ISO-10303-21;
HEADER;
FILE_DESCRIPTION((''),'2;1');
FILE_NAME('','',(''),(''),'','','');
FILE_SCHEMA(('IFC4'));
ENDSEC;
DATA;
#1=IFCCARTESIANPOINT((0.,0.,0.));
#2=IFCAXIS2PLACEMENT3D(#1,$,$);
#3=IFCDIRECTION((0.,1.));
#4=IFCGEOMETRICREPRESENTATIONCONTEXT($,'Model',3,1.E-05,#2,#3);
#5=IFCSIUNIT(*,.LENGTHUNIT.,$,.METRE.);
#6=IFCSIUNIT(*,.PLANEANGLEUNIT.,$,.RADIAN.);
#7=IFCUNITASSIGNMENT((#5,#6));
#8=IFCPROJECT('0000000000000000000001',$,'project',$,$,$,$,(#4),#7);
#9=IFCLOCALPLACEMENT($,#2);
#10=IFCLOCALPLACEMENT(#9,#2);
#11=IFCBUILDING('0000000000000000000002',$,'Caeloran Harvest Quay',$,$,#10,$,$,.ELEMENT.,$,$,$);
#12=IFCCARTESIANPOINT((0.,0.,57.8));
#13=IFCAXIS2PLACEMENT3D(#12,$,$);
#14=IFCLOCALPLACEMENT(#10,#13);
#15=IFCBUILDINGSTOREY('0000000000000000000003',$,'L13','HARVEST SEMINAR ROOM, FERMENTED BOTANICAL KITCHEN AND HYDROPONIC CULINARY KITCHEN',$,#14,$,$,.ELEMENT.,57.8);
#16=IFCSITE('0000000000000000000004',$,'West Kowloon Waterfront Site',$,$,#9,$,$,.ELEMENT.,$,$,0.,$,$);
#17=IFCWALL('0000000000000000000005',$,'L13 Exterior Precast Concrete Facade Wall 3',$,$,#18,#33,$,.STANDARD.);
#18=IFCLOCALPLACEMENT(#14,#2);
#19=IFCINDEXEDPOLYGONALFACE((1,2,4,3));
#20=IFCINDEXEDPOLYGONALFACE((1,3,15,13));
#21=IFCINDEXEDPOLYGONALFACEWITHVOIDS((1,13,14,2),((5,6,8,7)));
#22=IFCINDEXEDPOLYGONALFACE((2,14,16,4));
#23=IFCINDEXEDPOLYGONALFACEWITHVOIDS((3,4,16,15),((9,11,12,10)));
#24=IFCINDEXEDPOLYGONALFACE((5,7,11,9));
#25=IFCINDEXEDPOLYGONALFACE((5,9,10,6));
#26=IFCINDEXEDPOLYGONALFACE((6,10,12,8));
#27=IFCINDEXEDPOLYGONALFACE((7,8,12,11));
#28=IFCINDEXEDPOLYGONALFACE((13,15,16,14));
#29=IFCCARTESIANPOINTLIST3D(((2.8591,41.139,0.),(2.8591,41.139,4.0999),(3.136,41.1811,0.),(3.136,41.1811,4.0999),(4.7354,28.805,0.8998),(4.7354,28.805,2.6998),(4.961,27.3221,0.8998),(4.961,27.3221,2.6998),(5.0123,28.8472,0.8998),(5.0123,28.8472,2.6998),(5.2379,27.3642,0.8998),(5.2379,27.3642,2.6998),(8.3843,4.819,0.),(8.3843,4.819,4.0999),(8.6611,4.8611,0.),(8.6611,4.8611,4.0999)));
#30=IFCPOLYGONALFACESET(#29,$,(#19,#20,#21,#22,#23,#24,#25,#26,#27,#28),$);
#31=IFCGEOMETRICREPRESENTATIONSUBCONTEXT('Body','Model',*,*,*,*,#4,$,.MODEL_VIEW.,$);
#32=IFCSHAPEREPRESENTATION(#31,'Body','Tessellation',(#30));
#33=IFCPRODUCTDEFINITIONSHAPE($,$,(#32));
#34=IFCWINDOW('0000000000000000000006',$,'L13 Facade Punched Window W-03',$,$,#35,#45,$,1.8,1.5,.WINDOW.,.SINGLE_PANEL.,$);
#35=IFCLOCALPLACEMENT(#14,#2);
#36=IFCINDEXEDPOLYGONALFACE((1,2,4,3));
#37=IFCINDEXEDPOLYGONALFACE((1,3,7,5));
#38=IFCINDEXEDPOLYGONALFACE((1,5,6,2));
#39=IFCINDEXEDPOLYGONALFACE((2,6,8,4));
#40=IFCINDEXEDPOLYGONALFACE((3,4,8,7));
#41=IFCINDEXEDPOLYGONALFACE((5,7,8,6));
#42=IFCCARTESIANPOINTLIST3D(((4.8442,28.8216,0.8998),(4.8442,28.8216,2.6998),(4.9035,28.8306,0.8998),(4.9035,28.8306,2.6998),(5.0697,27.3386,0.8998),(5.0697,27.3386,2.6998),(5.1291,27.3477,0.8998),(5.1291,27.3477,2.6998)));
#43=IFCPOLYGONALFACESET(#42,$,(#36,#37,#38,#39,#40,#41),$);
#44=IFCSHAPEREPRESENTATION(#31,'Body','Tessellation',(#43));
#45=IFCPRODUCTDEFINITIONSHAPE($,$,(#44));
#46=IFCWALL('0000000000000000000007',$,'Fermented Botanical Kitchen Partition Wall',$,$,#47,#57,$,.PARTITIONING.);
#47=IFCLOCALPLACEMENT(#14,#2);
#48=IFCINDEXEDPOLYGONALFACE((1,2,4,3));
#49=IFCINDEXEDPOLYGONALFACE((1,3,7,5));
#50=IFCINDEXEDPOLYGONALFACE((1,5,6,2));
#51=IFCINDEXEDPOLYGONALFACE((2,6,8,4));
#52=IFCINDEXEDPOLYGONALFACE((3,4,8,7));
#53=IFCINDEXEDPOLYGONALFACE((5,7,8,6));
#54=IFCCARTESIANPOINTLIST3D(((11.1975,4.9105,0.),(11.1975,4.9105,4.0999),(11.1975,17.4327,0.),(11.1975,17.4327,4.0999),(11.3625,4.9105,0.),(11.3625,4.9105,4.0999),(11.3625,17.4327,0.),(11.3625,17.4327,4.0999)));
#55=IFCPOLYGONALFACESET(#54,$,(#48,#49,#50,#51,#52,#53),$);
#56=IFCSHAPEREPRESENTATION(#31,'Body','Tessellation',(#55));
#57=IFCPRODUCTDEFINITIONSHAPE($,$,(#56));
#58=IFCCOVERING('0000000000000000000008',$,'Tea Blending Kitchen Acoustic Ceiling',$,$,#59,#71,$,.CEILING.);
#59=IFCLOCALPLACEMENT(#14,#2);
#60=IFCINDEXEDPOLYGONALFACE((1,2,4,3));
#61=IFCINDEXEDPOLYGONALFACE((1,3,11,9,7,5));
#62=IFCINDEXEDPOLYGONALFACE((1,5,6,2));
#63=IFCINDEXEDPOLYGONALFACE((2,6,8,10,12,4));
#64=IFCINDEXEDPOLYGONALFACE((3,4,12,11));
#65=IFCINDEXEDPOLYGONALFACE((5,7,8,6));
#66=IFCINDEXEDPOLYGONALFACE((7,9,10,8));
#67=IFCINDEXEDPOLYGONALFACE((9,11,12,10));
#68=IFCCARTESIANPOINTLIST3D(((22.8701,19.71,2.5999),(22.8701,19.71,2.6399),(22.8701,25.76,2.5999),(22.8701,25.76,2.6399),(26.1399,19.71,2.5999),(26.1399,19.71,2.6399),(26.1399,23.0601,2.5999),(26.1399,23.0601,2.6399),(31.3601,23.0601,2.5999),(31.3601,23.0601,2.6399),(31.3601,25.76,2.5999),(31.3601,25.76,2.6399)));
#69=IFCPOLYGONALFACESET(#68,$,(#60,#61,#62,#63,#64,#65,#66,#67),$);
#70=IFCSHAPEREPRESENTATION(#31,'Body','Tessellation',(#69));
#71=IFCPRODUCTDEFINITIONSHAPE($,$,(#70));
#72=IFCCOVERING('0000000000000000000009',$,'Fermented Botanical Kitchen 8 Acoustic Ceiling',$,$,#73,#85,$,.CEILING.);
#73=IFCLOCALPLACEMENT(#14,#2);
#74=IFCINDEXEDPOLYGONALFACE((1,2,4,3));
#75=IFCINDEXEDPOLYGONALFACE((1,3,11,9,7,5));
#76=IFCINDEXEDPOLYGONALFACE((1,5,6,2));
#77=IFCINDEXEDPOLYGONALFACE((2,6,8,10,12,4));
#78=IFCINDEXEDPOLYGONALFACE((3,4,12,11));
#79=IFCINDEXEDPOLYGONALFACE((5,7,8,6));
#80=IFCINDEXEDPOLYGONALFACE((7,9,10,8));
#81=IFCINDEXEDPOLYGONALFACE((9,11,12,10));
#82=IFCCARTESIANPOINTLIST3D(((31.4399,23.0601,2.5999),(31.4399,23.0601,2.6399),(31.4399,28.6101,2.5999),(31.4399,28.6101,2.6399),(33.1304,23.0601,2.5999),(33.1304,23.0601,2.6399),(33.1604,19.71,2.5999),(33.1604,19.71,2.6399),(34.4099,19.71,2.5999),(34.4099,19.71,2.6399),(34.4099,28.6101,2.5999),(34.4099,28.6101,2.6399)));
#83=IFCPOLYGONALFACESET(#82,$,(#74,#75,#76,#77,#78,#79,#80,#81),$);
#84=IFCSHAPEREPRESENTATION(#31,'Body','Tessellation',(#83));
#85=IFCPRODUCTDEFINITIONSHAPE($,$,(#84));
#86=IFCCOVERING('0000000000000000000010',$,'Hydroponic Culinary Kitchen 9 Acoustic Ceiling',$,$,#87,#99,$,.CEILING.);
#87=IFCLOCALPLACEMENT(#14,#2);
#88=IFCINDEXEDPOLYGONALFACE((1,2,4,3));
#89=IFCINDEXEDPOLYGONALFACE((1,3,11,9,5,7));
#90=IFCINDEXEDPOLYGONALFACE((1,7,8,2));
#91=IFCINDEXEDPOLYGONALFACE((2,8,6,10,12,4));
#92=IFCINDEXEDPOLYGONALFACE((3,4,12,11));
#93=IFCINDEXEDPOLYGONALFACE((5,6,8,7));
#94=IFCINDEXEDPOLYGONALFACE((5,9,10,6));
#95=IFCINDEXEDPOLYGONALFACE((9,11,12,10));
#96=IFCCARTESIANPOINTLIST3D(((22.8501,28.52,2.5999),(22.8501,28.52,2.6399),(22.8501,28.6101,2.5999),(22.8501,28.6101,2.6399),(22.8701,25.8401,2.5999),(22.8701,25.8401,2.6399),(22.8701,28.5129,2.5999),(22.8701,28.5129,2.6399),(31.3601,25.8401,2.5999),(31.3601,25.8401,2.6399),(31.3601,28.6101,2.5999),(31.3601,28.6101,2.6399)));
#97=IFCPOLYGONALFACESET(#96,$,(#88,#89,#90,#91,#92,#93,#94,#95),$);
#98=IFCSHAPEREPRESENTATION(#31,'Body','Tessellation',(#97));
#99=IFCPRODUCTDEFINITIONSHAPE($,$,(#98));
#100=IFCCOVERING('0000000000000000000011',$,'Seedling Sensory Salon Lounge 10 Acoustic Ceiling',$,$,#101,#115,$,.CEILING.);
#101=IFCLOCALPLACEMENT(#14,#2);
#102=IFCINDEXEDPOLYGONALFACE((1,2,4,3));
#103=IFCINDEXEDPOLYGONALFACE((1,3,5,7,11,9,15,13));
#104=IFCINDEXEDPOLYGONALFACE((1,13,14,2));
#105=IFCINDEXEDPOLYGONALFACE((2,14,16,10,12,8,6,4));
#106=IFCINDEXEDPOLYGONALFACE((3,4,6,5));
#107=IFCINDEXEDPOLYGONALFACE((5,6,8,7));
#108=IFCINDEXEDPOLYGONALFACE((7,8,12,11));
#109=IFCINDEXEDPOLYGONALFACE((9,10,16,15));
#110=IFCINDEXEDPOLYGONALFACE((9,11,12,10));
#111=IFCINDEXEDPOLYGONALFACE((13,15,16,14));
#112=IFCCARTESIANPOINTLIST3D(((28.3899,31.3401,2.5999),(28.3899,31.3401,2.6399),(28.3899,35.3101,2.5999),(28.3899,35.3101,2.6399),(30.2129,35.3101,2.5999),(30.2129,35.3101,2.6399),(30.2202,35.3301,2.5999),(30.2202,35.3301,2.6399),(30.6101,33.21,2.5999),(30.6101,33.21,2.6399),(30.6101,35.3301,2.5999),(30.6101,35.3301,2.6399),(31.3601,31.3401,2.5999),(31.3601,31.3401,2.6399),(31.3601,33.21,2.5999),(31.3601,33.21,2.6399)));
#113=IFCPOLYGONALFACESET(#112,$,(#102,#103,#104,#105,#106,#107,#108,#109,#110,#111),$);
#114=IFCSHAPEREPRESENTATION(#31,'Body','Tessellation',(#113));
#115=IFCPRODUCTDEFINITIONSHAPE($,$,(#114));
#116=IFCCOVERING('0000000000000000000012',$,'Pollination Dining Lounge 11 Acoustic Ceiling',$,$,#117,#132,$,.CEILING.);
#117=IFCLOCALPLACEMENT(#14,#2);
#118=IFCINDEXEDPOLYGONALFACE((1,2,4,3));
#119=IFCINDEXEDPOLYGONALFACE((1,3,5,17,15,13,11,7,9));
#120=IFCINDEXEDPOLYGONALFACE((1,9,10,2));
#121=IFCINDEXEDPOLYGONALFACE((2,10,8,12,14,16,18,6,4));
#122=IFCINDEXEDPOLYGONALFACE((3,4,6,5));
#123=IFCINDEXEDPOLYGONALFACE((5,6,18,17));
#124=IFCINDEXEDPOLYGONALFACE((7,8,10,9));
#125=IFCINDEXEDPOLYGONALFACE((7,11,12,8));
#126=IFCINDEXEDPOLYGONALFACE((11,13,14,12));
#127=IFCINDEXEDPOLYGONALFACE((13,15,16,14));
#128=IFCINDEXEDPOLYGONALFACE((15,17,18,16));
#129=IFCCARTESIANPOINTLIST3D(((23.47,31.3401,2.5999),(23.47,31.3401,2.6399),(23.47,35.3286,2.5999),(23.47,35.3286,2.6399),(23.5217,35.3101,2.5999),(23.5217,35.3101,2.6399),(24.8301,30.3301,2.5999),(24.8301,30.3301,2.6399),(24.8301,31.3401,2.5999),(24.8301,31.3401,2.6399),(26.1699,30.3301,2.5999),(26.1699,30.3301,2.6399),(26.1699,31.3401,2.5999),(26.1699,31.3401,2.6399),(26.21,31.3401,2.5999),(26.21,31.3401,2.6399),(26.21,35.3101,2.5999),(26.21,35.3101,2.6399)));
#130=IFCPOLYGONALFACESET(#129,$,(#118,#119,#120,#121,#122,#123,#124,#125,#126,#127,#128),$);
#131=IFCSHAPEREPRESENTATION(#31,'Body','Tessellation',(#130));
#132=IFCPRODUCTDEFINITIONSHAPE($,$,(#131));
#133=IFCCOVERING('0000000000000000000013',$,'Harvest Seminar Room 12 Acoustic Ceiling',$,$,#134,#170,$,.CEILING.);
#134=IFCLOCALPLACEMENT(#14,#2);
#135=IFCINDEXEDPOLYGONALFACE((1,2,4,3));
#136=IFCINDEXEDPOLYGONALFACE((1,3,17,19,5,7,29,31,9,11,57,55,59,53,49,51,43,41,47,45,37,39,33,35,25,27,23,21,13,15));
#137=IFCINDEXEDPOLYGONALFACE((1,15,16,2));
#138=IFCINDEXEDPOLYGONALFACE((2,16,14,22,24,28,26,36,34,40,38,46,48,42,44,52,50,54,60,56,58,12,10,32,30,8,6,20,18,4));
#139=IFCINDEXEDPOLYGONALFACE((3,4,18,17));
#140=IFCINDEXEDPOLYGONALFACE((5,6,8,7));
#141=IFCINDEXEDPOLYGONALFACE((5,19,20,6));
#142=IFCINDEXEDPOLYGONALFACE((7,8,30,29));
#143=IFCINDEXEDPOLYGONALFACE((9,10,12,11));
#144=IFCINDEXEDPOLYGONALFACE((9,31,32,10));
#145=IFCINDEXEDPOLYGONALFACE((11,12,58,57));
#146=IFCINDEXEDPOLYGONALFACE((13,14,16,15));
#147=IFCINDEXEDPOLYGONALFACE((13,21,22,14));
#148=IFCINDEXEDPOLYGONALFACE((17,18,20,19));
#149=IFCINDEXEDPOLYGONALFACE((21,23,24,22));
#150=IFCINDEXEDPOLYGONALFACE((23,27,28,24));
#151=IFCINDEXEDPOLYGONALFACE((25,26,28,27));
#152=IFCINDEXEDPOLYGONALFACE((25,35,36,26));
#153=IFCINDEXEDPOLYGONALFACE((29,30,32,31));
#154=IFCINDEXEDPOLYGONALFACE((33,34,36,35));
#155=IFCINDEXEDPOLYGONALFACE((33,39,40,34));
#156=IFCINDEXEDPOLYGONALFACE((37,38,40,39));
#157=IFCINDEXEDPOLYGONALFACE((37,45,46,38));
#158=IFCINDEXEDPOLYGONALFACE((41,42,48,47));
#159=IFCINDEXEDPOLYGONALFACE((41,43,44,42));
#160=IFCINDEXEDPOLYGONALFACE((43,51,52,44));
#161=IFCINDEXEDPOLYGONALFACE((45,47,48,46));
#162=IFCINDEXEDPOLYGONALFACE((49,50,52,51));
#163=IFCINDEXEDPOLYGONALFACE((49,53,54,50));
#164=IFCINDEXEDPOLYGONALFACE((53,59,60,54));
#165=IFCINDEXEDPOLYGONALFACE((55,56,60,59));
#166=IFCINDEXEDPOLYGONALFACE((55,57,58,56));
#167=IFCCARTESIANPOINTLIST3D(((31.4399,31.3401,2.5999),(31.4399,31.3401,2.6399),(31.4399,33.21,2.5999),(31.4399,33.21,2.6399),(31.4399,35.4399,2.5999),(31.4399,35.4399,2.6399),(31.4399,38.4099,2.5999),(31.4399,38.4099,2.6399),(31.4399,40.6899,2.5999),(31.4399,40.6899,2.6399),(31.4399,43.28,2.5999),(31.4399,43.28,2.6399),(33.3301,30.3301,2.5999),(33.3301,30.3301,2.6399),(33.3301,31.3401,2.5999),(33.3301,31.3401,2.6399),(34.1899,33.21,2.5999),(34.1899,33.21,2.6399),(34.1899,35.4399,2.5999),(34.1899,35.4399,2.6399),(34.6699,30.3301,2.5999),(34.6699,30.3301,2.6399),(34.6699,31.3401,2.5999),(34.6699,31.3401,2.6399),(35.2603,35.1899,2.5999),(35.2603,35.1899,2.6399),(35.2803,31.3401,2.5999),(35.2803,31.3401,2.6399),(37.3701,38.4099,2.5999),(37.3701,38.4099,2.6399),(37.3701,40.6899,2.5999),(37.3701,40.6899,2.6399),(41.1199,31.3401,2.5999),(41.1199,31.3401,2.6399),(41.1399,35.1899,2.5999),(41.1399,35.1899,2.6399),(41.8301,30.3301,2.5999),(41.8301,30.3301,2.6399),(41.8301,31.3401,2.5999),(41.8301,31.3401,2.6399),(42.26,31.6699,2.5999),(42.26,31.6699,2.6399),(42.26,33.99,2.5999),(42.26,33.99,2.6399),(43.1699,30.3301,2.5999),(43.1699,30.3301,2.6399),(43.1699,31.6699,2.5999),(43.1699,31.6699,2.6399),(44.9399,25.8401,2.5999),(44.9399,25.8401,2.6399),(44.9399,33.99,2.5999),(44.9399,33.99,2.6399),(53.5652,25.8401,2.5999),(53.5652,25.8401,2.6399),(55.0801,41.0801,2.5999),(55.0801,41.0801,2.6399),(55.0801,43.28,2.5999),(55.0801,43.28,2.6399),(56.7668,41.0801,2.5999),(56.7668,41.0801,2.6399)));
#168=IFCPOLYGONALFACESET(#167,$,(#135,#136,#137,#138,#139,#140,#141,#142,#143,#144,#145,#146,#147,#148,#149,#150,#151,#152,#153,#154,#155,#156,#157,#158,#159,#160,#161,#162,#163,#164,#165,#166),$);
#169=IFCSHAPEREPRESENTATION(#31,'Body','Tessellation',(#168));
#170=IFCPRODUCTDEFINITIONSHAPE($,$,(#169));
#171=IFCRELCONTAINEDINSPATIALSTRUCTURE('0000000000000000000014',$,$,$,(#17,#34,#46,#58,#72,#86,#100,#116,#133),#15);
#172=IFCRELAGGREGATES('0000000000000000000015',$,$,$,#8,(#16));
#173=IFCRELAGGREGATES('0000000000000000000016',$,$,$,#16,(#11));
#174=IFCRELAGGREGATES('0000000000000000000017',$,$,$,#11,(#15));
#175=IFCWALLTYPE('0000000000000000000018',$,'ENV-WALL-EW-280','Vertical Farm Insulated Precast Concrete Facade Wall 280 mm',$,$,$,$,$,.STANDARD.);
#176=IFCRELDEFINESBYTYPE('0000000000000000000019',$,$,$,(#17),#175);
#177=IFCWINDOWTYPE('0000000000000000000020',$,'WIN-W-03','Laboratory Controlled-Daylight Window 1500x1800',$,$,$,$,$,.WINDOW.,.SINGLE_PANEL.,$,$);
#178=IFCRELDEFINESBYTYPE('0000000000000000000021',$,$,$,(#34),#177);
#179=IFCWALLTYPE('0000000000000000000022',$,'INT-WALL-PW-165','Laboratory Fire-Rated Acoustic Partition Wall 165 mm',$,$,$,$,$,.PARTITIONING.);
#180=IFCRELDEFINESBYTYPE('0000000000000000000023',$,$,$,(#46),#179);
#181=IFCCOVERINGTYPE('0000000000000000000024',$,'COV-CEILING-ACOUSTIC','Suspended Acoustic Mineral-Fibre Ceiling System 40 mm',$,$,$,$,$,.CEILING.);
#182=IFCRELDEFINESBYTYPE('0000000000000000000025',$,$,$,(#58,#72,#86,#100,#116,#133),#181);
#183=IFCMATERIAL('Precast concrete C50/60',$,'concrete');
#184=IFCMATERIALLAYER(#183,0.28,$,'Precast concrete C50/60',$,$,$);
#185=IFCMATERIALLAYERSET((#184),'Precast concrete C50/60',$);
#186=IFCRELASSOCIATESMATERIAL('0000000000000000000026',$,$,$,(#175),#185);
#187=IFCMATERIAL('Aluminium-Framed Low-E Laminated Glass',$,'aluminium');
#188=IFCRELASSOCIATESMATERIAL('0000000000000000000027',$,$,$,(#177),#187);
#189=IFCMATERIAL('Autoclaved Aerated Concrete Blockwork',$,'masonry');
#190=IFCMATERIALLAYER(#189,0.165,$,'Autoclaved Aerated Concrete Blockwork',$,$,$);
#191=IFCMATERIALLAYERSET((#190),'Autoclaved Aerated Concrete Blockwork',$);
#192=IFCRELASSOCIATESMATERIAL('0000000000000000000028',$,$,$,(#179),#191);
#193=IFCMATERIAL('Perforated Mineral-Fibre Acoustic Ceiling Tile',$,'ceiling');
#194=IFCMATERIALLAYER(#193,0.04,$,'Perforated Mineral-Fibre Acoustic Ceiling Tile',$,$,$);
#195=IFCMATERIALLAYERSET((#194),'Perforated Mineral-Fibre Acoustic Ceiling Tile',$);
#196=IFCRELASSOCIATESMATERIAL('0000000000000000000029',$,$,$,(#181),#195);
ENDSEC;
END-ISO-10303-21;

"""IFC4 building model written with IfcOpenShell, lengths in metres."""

from ifc_helpers import new_model, si_unit, direction, frame, frame_2d, origin, place, context, subcontext, project, spatial, polyline, rectangle, outline, extrude, material, layer, layer_set, type_object, element, fill, save


model = new_model("IFC4")

# Units and contexts
model_context = context("Model", 3, precision=1e-05, world=origin(), true_north=direction((0.0, 1.0)))
body_context = subcontext(model_context, "Body", "Model", "MODEL_VIEW")
ifc_project = project(units=[si_unit("LENGTHUNIT", "METRE"), si_unit("PLANEANGLEUNIT", "RADIAN")], contexts=[model_context])

# Site, building, storey
site_placement = place(None, origin())
site = spatial("IfcSite", under=ifc_project, at=site_placement, Name="West Kowloon Waterfront Site", CompositionType="ELEMENT", RefElevation=0.0)
building_placement = place(site_placement, origin())
building = spatial("IfcBuilding", under=site, at=building_placement, Name="Caeloran Harvest Quay", CompositionType="ELEMENT")
storey_placement = place(building_placement, frame((0.0, 0.0, 57.8)))
storey = spatial("IfcBuildingStorey", under=building, at=storey_placement, Name="L13", Description="HARVEST SEMINAR ROOM, FERMENTED BOTANICAL KITCHEN AND HYDROPONIC CULINARY KITCHEN", CompositionType="ELEMENT", Elevation=57.8)

# Shared definitions
ifc_material_1 = material(Name="Precast concrete C50/60", Category="concrete")
ifc_layer_1 = layer(ifc_material_1, 0.28, Name="Precast concrete C50/60")
ifc_layer_set_1 = layer_set([ifc_layer_1], Name="Precast concrete C50/60")
wall_type_1 = type_object("IfcWallType", Name="ENV-WALL-EW-280", Description="Vertical Farm Insulated Precast Concrete Facade Wall 280 mm", PredefinedType="STANDARD", material=ifc_layer_set_1)

# Wall, opening, window
wall_1_placement = place(storey_placement, frame((8.5227, 4.8401, 0.0), z_axis=(0.0, 0.0, 1.0), x_axis=(-0.150395, 0.988626, 0.0)))
wall_1 = element("IfcWall", 1, at=wall_1_placement, inside=storey, type_object=wall_type_1, Name="L13 Exterior Precast Concrete Facade Wall 3", PredefinedType="STANDARD", context=body_context, shape_type="SweptSolid", body=[
    extrude(rectangle(XDim=36.7378, YDim=0.28, at=frame_2d((18.3689, 0.0))), origin(), (0.0, 0.0, 1.0), 4.0999),
])
opening_placement = place(wall_1_placement, frame((22.762, 0.0, 0.8999)))
opening = element("IfcOpeningElement", 2, at=opening_placement, cuts=wall_1, PredefinedType="OPENING", context=body_context, shape_type="SweptSolid", body=[
    extrude(rectangle(XDim=1.5, YDim=1.8, at=frame_2d((0.75, 0.8999))), frame((0.0, 0.1499, 0.0), z_axis=(0.0, -1.0, 0.0), x_axis=(1.0, 0.0, 0.0)), (0.0, 0.0, 1.0), 0.3),
])
ifc_material_2 = material(Name="Aluminium-Framed Low-E Laminated Glass", Category="aluminium")
window_type = type_object("IfcWindowType", Name="WIN-W-03", Description="Laboratory Controlled-Daylight Window 1500x1800", PartitioningType="SINGLE_PANEL", PredefinedType="WINDOW", material=ifc_material_2)
window_placement = place(opening_placement, origin())
window = element("IfcWindow", 3, at=window_placement, inside=storey, type_object=window_type, Name="L13 Facade Punched Window W-03", OverallHeight=1.8, OverallWidth=1.5, PartitioningType="SINGLE_PANEL", PredefinedType="WINDOW", context=body_context, shape_type="SweptSolid", body=[
    extrude(rectangle(XDim=1.5, YDim=1.8, at=frame_2d((0.75, 0.8999))), frame((0.0, 0.03, 0.0), z_axis=(0.0, -1.0, 0.0), x_axis=(1.0, 0.0, 0.0)), (0.0, 0.0, 1.0), 0.0601),
])
fill(opening, window)

# Wall
ifc_material_3 = material(Name="Autoclaved Aerated Concrete Blockwork", Category="masonry")
ifc_layer_2 = layer(ifc_material_3, 0.165, Name="Autoclaved Aerated Concrete Blockwork")
ifc_layer_set_2 = layer_set([ifc_layer_2], Name="Autoclaved Aerated Concrete Blockwork")
wall_type_2 = type_object("IfcWallType", Name="INT-WALL-PW-165", Description="Laboratory Fire-Rated Acoustic Partition Wall 165 mm", PredefinedType="PARTITIONING", material=ifc_layer_set_2)
wall_2_placement = place(storey_placement, frame((11.28, 4.9104, 0.0), z_axis=(0.0, 0.0, 1.0), x_axis=(0.0, 1.0, 0.0)))
element("IfcWall", 4, at=wall_2_placement, inside=storey, type_object=wall_type_2, Name="Fermented Botanical Kitchen Partition Wall", PredefinedType="PARTITIONING", context=body_context, shape_type="SweptSolid", body=[
    extrude(rectangle(XDim=12.5222, YDim=0.165, at=frame_2d((6.2612, 0.0))), origin(), (0.0, 0.0, 1.0), 4.0999),
])

# Coverings
ifc_material_4 = material(Name="Perforated Mineral-Fibre Acoustic Ceiling Tile", Category="ceiling")
ifc_layer_3 = layer(ifc_material_4, 0.04, Name="Perforated Mineral-Fibre Acoustic Ceiling Tile")
ifc_layer_set_3 = layer_set([ifc_layer_3], Name="Perforated Mineral-Fibre Acoustic Ceiling Tile")
covering_type_1 = type_object("IfcCoveringType", Name="COV-CEILING-ACOUSTIC", Description="Suspended Acoustic Mineral-Fibre Ceiling System 40 mm", PredefinedType="CEILING", material=ifc_layer_set_3)
covering_1_placement = place(storey_placement, frame((0.0, 0.0, 2.5999)))
element("IfcCovering", 5, at=covering_1_placement, inside=storey, type_object=covering_type_1, Name="Tea Blending Kitchen Acoustic Ceiling", PredefinedType="CEILING", context=body_context, shape_type="SweptSolid", body=[
    extrude(outline(polyline([(26.1399, 23.0601), (26.1399, 19.71), (22.8701, 19.71), (22.8701, 25.76), (31.3601, 25.76), (31.3601, 23.0601), (26.1399, 23.0601)])), origin(), (0.0, 0.0, 1.0), 0.04),
])
covering_2_placement = place(storey_placement, frame((0.0, 0.0, 2.5999)))
element("IfcCovering", 6, at=covering_2_placement, inside=storey, type_object=covering_type_1, Name="Fermented Botanical Kitchen 8 Acoustic Ceiling", PredefinedType="CEILING", context=body_context, shape_type="SweptSolid", body=[
    extrude(outline(polyline([(31.4399, 28.6101), (34.4099, 28.6101), (34.4099, 19.71), (33.1604, 19.71), (33.1304, 23.0601), (31.4399, 23.0601), (31.4399, 28.6101)])), origin(), (0.0, 0.0, 1.0), 0.04),
])
covering_3_placement = place(storey_placement, frame((0.0, 0.0, 2.5999)))
element("IfcCovering", 7, at=covering_3_placement, inside=storey, type_object=covering_type_1, Name="Hydroponic Culinary Kitchen 9 Acoustic Ceiling", PredefinedType="CEILING", context=body_context, shape_type="SweptSolid", body=[
    extrude(outline(polyline([(22.8701, 28.5129), (22.8501, 28.52), (22.8501, 28.6101), (31.3601, 28.6101), (31.3601, 25.8401), (22.8701, 25.8401), (22.8701, 28.5129)])), origin(), (0.0, 0.0, 1.0), 0.04),
])
covering_4_placement = place(storey_placement, frame((0.0, 0.0, 2.5999)))
element("IfcCovering", 8, at=covering_4_placement, inside=storey, type_object=covering_type_1, Name="Seedling Sensory Salon Lounge 10 Acoustic Ceiling", PredefinedType="CEILING", context=body_context, shape_type="SweptSolid", body=[
    extrude(outline(polyline([(30.2129, 35.3101), (30.2202, 35.3301), (30.6101, 35.3301), (30.6101, 33.21), (31.3601, 33.21), (31.3601, 31.3401), (28.3899, 31.3401), (28.3899, 35.3101), (30.2129, 35.3101)])), origin(), (0.0, 0.0, 1.0), 0.04),
])
covering_5_placement = place(storey_placement, frame((0.0, 0.0, 2.5999)))
element("IfcCovering", 9, at=covering_5_placement, inside=storey, type_object=covering_type_1, Name="Pollination Dining Lounge 11 Acoustic Ceiling", PredefinedType="CEILING", context=body_context, shape_type="SweptSolid", body=[
    extrude(outline(polyline([(26.1699, 30.3301), (24.8301, 30.3301), (24.8301, 31.3401), (23.47, 31.3401), (23.47, 35.3286), (23.5217, 35.3101), (26.21, 35.3101), (26.21, 31.3401), (26.1699, 31.3401), (26.1699, 30.3301)])), origin(), (0.0, 0.0, 1.0), 0.04),
])
covering_6_placement = place(storey_placement, frame((0.0, 0.0, 2.5999)))
element("IfcCovering", 10, at=covering_6_placement, inside=storey, type_object=covering_type_1, Name="Harvest Seminar Room 12 Acoustic Ceiling", PredefinedType="CEILING", context=body_context, shape_type="SweptSolid", body=[
    extrude(outline(polyline([(33.3301, 31.3401), (31.4399, 31.3401), (31.4399, 33.21), (34.1899, 33.21), (34.1899, 35.4399), (31.4399, 35.4399), (31.4399, 38.4099), (37.3701, 38.4099), (37.3701, 40.6899), (31.4399, 40.6899), (31.4399, 43.28), (55.0801, 43.28), (55.0801, 41.0801), (56.7668, 41.0801), (53.5652, 25.8401), (44.9399, 25.8401), (44.9399, 33.99), (42.26, 33.99), (42.26, 31.6699), (43.1699, 31.6699), (43.1699, 30.3301), (41.8301, 30.3301), (41.8301, 31.3401), (41.1199, 31.3401), (41.1399, 35.1899), (35.2603, 35.1899), (35.2803, 31.3401), (34.6699, 31.3401), (34.6699, 30.3301), (33.3301, 30.3301), (33.3301, 31.3401)])), origin(), (0.0, 0.0, 1.0), 0.04),
])

save(model, "model.ifc")
